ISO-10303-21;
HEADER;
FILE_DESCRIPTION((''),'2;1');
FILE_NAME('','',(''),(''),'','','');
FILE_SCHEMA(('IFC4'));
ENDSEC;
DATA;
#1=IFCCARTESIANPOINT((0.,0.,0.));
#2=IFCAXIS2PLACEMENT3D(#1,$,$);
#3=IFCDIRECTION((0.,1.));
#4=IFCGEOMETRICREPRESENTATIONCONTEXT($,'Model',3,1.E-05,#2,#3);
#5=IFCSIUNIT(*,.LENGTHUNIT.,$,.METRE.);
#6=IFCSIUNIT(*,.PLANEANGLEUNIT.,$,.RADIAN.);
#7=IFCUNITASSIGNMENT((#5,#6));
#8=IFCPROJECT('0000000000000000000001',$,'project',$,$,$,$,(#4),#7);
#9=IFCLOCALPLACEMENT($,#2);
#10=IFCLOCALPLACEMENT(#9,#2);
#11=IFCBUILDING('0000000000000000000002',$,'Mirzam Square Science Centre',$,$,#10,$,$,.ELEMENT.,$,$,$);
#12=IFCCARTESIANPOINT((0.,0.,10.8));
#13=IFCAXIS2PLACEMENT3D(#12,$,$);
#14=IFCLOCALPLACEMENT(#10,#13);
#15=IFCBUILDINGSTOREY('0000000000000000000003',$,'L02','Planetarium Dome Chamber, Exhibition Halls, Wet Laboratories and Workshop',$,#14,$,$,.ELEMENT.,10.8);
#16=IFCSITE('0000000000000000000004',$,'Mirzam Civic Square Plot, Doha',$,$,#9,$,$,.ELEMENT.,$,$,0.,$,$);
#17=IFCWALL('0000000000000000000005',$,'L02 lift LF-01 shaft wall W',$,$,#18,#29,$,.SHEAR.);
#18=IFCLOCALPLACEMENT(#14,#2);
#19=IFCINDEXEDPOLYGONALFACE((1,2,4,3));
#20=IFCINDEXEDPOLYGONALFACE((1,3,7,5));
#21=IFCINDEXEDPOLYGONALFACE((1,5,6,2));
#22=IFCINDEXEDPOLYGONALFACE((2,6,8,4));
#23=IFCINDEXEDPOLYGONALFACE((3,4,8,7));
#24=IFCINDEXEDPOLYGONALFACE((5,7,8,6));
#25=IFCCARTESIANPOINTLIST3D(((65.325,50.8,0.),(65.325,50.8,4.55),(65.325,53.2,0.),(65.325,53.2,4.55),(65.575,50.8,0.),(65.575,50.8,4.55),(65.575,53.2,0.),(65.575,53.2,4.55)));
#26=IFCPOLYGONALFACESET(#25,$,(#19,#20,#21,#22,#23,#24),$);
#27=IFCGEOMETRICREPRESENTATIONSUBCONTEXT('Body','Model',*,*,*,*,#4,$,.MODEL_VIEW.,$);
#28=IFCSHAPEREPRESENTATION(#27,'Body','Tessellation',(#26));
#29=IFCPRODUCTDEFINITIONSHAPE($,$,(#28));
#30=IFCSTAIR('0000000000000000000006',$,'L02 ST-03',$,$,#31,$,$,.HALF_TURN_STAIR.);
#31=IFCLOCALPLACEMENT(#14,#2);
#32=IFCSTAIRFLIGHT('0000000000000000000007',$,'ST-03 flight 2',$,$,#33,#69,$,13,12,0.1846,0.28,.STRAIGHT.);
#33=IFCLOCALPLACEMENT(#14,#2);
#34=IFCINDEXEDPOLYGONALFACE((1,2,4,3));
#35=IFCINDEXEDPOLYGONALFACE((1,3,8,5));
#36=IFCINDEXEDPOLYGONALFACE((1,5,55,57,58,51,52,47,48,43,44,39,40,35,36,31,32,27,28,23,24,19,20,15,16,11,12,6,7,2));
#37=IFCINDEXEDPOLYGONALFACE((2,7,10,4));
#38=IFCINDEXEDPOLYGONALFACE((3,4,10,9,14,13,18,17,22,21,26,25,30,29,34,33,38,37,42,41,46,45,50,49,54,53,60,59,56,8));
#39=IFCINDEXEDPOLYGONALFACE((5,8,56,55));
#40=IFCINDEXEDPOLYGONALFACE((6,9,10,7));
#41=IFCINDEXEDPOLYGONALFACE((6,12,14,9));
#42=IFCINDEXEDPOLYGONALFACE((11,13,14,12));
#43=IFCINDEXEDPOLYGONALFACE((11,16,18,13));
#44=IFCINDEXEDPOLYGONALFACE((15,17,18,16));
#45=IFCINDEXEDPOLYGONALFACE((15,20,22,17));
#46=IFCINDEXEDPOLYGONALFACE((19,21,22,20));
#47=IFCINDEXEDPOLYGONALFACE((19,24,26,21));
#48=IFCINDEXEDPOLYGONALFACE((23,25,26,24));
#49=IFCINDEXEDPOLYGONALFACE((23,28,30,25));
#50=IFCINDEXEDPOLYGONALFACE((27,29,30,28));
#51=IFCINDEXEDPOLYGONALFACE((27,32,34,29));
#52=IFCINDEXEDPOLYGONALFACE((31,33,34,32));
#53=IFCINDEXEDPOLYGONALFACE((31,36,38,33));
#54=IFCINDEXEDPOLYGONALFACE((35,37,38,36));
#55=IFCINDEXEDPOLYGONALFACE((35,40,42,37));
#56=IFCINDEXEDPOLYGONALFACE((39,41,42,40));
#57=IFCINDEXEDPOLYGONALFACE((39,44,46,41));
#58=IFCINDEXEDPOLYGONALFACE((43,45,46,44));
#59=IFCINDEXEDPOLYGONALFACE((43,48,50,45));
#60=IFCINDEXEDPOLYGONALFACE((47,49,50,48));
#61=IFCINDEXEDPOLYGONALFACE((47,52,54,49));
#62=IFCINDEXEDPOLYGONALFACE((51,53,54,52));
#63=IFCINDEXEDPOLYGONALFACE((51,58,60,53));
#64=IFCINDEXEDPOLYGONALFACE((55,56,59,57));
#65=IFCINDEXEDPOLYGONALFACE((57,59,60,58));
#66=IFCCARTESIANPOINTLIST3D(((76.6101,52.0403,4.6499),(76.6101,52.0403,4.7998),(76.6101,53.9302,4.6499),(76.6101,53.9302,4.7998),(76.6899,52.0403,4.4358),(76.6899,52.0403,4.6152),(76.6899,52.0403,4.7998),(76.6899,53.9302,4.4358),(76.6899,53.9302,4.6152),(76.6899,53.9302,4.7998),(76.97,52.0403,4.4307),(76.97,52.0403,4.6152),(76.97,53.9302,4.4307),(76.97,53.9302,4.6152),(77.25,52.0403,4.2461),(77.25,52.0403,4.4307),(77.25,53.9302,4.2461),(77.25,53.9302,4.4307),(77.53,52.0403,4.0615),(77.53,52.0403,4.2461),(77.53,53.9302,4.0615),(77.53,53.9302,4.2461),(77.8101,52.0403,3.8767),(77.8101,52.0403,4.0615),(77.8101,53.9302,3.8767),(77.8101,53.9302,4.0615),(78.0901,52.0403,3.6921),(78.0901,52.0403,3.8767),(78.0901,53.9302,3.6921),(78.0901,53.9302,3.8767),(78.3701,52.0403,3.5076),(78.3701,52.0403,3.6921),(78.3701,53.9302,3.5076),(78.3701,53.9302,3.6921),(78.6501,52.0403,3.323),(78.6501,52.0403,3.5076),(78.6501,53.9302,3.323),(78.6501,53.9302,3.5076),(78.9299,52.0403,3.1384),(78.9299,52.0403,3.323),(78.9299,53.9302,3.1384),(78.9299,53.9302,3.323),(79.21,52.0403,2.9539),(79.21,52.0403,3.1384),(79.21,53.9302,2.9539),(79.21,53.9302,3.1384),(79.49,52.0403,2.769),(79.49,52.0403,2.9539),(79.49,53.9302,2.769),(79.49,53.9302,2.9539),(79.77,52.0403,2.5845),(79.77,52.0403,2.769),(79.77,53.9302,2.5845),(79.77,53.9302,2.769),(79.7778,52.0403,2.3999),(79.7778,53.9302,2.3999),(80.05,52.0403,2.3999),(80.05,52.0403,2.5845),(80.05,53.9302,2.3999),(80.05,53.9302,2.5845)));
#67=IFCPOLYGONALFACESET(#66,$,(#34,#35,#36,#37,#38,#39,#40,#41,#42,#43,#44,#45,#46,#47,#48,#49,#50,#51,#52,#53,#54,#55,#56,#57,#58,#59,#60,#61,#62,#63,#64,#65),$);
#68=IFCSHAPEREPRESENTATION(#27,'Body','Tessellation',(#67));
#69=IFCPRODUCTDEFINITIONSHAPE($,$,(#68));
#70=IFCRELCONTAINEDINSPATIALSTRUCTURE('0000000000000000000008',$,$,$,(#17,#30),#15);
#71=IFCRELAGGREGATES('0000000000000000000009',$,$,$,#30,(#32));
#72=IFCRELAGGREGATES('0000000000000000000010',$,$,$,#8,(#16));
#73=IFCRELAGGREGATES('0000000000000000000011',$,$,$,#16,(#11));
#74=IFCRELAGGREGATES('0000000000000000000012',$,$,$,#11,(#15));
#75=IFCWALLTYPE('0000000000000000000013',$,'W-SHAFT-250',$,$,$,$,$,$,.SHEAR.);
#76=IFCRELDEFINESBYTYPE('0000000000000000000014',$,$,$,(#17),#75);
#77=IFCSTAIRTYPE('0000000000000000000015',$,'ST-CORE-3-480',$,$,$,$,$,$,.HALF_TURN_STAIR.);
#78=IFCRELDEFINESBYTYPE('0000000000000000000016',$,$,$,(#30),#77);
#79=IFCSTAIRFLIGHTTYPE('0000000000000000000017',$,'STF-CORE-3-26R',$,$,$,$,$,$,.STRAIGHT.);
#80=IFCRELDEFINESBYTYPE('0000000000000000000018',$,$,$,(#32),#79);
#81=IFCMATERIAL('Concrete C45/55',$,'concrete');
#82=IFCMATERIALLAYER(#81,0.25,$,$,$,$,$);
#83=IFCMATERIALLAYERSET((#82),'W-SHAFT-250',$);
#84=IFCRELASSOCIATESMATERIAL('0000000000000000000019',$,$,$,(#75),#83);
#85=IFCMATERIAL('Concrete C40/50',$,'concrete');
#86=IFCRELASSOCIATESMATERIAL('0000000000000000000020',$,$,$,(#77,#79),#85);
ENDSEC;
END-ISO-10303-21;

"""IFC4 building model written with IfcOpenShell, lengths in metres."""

from ifc_helpers import new_model, si_unit, direction, frame, frame_2d, origin, place, context, subcontext, project, spatial, polyline, rectangle, outline, extrude, material, layer, layer_set, type_object, element, aggregate, save


model = new_model("IFC4")

# Units and contexts
model_context = context("Model", 3, precision=1e-05, world=origin(), true_north=direction((0.0, 1.0)))
body_context = subcontext(model_context, "Body", "Model", "MODEL_VIEW")
ifc_project = project(units=[si_unit("LENGTHUNIT", "METRE"), si_unit("PLANEANGLEUNIT", "RADIAN")], contexts=[model_context])

# Site, building, storey
site_placement = place(None, origin())
site = spatial("IfcSite", under=ifc_project, at=site_placement, Name="Mirzam Civic Square Plot, Doha", CompositionType="ELEMENT", RefElevation=0.0)
building_placement = place(site_placement, origin())
building = spatial("IfcBuilding", under=site, at=building_placement, Name="Mirzam Square Science Centre", CompositionType="ELEMENT")
storey_placement = place(building_placement, frame((0.0, 0.0, 10.8)))
storey = spatial("IfcBuildingStorey", under=building, at=storey_placement, Name="L02", Description="Planetarium Dome Chamber, Exhibition Halls, Wet Laboratories and Workshop", CompositionType="ELEMENT", Elevation=10.8)

# Shared definitions
ifc_material_1 = material(Name="Concrete C45/55", Category="concrete")

# Shared definitions
ifc_layer_1 = layer(ifc_material_1, 0.25)
ifc_layer_set_1 = layer_set([ifc_layer_1], Name="W-SHAFT-250")
wall_type_1 = type_object("IfcWallType", Name="W-SHAFT-250", PredefinedType="SHEAR", material=ifc_layer_set_1)

# Wall
wall_1_placement = place(storey_placement, frame((65.45, 53.2, 0.0), z_axis=(0.0, 0.0, 1.0), x_axis=(0.0, -1.0, 0.0)))
element("IfcWall", 1, at=wall_1_placement, inside=storey, type_object=wall_type_1, Name="L02 lift LF-01 shaft wall W", PredefinedType="SHEAR", context=body_context, shape_type="SweptSolid", body=[
    extrude(rectangle(XDim=2.3999, YDim=0.25, at=frame_2d((1.2, 0.0))), origin(), (0.0, 0.0, 1.0), 4.55),
])

# Stair, stair flight
ifc_material_2 = material(Name="Concrete C40/50", Category="concrete")
stair_type = type_object("IfcStairType", Name="ST-CORE-3-480", PredefinedType="HALF_TURN_STAIR", material=ifc_material_2)
stair_placement = place(storey_placement, origin())
stair = element("IfcStair", 2, at=stair_placement, inside=storey, type_object=stair_type, Name="L02 ST-03", PredefinedType="HALF_TURN_STAIR")
stair_flight_type = type_object("IfcStairFlightType", Name="STF-CORE-3-26R", PredefinedType="STRAIGHT", material=ifc_material_2)
stair_flight_placement = place(storey_placement, frame((80.05, 52.9851, 2.3999), z_axis=(0.0, 0.0, 1.0), x_axis=(-1.0, 0.0, 0.0)))
stair_flight = element("IfcStairFlight", 3, at=stair_flight_placement, type_object=stair_flight_type, Name="ST-03 flight 2", NumberOfRisers=13, NumberOfTreads=12, PredefinedType="STRAIGHT", RiserHeight=0.1846, TreadLength=0.28, context=body_context, shape_type="SweptSolid", body=[
    extrude(outline(polyline([(0.0, 0.0), (0.0, 0.1846), (0.28, 0.1846), (0.28, 0.3691), (0.5601, 0.3691), (0.5601, 0.554), (0.8401, 0.554), (0.8401, 0.7385), (1.1201, 0.7385), (1.1201, 0.9231), (1.3999, 0.9231), (1.3999, 1.1077), (1.6799, 1.1077), (1.6799, 1.2922), (1.96, 1.2922), (1.96, 1.4768), (2.24, 1.4768), (2.24, 1.6616), (2.52, 1.6616), (2.52, 1.8462), (2.8, 1.8462), (2.8, 2.0308), (3.0801, 2.0308), (3.0801, 2.2153), (3.3601, 2.2153), (3.3601, 2.3999), (3.4399, 2.3999), (3.4399, 2.25), (3.3601, 2.0359), (0.2722, 0.0), (0.0, 0.0)])), frame((0.0, 0.9448, 0.0), z_axis=(0.0, -1.0, 0.0), x_axis=(1.0, 0.0, 0.0)), (0.0, 0.0, 1.0), 1.8899),
])
aggregate(stair, [stair_flight])

save(model, "model.ifc")
